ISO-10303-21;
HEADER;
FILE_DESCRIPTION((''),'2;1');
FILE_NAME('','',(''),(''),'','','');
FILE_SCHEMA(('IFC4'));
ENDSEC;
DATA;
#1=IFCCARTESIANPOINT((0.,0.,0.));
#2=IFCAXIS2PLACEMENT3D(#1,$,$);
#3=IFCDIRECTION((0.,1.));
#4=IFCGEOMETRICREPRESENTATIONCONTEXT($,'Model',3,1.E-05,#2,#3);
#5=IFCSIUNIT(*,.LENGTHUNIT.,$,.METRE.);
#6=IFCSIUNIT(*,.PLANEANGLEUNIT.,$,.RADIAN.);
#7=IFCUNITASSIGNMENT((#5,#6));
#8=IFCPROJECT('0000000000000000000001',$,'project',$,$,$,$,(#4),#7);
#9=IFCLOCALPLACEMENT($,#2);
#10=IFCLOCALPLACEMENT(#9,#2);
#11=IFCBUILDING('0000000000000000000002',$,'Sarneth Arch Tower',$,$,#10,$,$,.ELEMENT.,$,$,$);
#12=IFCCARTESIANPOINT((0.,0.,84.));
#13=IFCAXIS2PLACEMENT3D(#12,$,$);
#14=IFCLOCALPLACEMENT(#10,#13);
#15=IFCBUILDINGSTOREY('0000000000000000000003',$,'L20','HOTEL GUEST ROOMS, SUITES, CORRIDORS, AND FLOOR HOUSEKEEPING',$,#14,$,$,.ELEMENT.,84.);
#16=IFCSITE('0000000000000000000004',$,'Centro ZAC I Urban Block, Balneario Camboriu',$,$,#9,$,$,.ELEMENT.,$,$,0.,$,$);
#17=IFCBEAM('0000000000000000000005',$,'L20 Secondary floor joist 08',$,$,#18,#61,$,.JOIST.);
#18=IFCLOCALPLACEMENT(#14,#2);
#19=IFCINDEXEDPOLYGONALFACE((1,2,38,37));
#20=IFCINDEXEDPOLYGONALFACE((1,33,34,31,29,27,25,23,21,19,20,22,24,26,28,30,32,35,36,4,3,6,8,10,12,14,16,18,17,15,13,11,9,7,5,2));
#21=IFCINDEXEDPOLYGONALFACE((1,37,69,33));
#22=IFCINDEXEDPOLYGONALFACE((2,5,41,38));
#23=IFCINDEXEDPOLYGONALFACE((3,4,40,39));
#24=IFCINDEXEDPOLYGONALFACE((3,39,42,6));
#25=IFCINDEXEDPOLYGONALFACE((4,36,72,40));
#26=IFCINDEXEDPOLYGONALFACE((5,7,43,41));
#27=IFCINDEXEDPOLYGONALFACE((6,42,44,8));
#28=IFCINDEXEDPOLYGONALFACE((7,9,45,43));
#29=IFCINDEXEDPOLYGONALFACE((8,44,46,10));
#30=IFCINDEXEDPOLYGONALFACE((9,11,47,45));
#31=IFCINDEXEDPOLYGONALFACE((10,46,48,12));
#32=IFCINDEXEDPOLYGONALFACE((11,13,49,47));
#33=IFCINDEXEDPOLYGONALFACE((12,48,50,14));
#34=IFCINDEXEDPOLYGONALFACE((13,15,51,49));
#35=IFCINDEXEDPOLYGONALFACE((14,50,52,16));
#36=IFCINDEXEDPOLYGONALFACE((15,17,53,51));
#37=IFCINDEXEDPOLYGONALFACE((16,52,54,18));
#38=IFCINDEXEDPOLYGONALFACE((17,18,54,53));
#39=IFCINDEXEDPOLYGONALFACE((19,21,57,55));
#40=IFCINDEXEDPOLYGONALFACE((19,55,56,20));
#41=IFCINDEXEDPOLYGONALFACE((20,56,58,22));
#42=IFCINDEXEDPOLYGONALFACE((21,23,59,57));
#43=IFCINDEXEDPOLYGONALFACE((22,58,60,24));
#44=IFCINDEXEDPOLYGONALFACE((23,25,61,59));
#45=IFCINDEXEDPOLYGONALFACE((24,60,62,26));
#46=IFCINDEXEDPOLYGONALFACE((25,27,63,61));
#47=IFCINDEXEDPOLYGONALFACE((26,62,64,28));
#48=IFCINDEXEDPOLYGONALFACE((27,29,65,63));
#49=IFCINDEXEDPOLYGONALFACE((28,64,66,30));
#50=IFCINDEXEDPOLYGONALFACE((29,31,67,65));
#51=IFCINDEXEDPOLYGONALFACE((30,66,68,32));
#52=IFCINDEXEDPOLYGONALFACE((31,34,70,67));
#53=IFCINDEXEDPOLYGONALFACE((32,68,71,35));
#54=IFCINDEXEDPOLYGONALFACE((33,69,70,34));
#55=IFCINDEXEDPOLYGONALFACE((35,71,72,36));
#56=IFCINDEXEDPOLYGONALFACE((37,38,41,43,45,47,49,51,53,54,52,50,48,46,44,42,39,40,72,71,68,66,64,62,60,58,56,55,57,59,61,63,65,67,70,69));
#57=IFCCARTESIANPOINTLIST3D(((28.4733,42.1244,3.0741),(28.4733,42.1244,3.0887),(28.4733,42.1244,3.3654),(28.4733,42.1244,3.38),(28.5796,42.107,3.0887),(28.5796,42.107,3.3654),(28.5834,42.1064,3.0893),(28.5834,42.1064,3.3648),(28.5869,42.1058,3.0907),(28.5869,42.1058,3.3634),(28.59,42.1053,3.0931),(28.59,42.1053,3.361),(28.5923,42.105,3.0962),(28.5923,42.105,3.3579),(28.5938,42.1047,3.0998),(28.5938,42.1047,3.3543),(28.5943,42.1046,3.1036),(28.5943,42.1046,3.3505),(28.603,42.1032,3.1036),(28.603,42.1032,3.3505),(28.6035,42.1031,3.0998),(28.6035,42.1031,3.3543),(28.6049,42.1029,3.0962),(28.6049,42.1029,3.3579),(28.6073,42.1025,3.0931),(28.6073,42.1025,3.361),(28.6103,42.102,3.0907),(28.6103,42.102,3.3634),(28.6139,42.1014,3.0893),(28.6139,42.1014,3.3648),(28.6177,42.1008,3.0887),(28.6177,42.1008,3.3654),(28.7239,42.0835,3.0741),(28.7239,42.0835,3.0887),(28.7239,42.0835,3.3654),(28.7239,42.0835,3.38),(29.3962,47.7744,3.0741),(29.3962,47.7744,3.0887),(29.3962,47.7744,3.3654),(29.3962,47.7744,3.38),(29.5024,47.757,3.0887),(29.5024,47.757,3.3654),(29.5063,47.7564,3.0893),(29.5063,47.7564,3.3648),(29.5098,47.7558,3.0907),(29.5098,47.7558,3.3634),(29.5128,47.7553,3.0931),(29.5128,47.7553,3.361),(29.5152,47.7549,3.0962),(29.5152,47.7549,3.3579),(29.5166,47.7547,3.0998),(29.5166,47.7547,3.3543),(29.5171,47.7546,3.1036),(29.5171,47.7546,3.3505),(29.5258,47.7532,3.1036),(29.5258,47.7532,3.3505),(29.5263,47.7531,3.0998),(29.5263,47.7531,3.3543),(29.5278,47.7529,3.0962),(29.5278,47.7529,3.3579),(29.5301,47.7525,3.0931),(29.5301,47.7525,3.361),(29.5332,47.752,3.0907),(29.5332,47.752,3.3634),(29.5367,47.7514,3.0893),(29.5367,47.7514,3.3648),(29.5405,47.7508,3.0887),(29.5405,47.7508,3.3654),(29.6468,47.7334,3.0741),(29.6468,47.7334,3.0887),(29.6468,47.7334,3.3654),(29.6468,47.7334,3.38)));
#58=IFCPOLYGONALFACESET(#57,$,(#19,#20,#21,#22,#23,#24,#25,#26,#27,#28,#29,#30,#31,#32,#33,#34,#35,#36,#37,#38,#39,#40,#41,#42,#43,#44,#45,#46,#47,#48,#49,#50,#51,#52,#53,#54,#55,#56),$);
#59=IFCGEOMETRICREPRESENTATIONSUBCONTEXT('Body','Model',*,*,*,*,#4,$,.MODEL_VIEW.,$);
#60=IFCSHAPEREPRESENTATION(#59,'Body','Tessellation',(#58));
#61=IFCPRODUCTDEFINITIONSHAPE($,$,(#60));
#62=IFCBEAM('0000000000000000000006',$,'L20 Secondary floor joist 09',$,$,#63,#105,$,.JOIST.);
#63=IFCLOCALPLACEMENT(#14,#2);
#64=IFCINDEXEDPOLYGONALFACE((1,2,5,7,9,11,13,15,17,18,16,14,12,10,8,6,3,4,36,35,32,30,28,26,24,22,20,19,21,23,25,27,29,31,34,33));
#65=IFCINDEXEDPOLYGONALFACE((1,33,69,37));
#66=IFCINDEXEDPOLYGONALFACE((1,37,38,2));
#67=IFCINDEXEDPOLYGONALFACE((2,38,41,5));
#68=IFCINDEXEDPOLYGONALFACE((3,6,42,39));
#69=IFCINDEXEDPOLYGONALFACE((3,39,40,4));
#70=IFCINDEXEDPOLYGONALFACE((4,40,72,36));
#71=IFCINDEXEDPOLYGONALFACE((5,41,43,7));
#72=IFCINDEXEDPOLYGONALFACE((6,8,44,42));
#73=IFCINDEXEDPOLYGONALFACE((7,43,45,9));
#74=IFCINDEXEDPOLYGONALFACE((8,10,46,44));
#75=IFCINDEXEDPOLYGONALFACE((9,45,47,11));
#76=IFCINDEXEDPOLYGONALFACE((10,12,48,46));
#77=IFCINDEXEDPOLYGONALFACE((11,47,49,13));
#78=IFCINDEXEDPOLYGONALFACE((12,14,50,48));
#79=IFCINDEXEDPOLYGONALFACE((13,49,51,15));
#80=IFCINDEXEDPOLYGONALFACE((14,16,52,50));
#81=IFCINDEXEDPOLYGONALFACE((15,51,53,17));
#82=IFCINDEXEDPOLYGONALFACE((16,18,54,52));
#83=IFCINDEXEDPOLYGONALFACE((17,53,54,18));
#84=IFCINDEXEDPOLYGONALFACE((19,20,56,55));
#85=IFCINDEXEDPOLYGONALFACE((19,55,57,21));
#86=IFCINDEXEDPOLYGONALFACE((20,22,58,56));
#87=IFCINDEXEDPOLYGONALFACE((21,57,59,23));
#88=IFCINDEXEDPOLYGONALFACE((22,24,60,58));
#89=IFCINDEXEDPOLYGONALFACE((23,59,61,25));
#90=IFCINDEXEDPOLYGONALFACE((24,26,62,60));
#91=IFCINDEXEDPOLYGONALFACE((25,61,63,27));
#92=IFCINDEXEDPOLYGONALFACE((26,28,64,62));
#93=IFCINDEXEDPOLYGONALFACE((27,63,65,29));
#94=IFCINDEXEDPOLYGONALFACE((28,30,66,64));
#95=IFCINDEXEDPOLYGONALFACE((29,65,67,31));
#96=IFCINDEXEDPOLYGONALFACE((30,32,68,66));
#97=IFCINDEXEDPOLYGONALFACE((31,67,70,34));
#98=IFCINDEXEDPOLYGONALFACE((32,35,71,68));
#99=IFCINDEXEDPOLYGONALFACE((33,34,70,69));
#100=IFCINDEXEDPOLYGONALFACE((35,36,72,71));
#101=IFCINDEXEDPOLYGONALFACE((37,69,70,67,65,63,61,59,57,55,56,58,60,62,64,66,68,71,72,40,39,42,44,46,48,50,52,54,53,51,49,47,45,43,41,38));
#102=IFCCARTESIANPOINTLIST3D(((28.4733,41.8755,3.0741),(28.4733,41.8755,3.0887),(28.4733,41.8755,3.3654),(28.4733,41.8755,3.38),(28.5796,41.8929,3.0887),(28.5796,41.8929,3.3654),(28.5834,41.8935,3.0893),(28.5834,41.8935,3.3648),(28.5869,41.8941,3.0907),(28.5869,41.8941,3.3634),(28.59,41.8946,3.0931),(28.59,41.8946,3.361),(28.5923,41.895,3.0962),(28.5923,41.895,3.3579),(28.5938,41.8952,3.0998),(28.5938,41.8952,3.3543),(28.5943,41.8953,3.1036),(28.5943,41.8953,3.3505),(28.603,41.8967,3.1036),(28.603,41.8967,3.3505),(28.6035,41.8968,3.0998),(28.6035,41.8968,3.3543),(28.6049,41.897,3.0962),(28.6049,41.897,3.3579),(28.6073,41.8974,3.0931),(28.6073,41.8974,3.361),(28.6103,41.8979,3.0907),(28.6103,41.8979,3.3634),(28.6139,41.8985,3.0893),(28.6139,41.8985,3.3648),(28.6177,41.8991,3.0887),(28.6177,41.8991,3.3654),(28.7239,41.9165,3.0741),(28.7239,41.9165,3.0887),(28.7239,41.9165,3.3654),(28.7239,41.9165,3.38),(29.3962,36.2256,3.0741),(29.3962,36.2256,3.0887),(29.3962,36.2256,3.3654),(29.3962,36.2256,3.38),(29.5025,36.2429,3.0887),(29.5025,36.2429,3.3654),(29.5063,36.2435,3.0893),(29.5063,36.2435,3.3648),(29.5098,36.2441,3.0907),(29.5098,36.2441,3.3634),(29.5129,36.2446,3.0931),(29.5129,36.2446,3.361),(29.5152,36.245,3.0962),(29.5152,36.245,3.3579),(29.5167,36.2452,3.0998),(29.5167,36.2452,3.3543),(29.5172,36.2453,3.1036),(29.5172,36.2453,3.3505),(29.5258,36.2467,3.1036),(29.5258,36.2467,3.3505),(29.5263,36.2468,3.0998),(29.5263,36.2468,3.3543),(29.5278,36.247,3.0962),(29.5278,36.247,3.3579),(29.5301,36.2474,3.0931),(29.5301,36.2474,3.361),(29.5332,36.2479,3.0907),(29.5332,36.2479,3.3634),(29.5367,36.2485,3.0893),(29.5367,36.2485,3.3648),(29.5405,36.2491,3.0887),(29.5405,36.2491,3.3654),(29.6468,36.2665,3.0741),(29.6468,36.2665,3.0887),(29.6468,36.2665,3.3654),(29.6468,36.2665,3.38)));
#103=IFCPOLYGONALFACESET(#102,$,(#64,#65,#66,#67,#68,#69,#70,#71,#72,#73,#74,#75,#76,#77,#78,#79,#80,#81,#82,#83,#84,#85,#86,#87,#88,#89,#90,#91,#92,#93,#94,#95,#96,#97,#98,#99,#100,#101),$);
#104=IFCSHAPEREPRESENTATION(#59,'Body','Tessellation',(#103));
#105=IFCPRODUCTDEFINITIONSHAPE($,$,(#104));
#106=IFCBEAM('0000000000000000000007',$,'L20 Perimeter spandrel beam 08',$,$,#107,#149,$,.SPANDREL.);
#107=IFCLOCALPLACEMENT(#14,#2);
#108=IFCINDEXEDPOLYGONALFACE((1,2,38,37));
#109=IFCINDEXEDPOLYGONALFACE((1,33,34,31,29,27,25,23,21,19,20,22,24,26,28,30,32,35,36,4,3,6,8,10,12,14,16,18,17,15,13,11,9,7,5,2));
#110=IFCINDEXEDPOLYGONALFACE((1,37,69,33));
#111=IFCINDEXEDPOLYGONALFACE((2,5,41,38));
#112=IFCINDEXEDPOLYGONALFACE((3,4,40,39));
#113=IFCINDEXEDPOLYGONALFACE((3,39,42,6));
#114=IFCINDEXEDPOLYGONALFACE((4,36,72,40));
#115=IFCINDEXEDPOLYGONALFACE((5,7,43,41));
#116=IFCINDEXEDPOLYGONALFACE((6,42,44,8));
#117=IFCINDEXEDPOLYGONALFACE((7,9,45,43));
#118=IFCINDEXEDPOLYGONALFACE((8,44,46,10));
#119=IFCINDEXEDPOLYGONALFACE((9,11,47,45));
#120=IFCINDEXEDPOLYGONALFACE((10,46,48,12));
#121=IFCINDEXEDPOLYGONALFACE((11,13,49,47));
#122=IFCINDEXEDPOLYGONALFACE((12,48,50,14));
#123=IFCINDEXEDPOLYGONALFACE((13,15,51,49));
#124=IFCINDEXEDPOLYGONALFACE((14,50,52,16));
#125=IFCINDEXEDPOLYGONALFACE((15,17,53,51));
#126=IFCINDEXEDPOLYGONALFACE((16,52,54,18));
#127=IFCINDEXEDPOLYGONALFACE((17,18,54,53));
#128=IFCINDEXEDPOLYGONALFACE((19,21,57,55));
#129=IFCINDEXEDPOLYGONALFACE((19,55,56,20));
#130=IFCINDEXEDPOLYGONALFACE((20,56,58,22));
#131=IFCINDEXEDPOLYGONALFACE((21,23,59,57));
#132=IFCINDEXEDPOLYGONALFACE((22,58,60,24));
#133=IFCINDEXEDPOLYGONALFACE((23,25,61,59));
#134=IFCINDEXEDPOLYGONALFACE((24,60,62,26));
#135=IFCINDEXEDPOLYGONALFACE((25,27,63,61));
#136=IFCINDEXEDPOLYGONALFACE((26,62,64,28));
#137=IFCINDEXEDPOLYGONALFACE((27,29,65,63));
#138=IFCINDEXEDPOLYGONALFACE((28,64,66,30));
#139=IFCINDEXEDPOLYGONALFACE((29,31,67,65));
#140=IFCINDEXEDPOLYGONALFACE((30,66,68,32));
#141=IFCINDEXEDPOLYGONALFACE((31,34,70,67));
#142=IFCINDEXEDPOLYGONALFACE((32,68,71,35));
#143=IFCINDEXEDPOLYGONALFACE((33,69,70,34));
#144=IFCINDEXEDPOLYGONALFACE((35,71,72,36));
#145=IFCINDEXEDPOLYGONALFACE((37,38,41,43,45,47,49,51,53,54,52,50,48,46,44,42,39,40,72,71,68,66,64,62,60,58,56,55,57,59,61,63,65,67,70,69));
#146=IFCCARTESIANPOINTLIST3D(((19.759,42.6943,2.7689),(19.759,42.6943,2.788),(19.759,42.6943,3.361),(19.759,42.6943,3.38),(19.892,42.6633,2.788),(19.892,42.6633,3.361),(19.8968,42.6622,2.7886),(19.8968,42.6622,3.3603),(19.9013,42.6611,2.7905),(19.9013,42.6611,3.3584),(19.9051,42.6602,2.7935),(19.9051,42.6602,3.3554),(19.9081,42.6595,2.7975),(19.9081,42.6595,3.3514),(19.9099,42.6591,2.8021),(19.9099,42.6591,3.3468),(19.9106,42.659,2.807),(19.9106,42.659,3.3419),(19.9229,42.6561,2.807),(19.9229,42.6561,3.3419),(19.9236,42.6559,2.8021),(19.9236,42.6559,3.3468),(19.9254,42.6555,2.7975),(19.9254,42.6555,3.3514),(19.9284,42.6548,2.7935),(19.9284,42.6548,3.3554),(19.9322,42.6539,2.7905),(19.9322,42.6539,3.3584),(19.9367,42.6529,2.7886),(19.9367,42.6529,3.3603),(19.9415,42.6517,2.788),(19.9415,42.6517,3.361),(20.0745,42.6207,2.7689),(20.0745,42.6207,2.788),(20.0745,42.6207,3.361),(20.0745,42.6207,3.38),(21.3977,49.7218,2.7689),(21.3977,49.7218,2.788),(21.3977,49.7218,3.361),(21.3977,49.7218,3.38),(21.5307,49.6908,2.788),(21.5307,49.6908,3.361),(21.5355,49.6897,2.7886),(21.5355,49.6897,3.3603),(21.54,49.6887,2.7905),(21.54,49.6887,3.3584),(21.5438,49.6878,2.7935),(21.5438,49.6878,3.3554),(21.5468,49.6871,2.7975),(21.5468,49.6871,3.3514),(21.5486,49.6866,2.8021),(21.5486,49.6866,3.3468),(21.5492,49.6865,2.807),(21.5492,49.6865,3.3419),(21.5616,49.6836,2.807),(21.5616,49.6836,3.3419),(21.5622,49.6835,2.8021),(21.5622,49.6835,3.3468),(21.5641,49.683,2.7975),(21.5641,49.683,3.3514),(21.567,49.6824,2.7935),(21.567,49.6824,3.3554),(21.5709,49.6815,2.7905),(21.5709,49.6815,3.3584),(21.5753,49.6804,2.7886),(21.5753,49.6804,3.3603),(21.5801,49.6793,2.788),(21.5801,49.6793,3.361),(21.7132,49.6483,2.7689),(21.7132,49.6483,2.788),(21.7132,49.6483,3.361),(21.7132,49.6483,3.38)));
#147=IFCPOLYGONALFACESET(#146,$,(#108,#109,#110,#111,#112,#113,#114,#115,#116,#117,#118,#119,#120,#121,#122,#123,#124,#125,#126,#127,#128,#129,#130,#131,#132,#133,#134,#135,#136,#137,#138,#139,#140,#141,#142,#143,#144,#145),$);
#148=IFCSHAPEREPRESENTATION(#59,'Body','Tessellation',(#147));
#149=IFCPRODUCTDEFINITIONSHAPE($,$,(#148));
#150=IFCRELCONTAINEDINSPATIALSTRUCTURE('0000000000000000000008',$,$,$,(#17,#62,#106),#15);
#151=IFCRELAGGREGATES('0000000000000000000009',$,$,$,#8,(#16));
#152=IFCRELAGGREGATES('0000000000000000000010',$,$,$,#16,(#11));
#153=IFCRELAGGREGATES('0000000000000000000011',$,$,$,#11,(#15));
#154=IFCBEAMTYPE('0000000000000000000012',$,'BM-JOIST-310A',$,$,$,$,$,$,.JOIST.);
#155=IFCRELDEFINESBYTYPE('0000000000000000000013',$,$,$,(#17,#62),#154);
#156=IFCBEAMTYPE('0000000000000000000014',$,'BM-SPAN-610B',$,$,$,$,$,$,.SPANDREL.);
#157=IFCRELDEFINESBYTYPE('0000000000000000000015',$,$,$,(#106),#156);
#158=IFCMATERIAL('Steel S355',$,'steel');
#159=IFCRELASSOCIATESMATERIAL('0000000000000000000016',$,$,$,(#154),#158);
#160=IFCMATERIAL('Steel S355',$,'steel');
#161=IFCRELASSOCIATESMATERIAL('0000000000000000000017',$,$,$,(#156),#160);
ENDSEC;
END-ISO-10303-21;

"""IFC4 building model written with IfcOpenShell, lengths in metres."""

from ifc_helpers import new_model, si_unit, direction, frame, origin, origin_2d, place, context, subcontext, project, spatial, i_section, extrude, material, material_profile, profile_set, type_object, element, save


model = new_model("IFC4")

# Units and contexts
model_context = context("Model", 3, precision=1e-05, world=origin(), true_north=direction((0.0, 1.0)))
body_context = subcontext(model_context, "Body", "Model", "MODEL_VIEW")
ifc_project = project(units=[si_unit("LENGTHUNIT", "METRE"), si_unit("PLANEANGLEUNIT", "RADIAN")], contexts=[model_context])

# Site, building, storey
site_placement = place(None, origin())
site = spatial("IfcSite", under=ifc_project, at=site_placement, Name="Centro ZAC I Urban Block, Balneario Camboriu", CompositionType="ELEMENT", RefElevation=0.0)
building_placement = place(site_placement, origin())
building = spatial("IfcBuilding", under=site, at=building_placement, Name="Sarneth Arch Tower", CompositionType="ELEMENT")
storey_placement = place(building_placement, frame((0.0, 0.0, 84.0)))
storey = spatial("IfcBuildingStorey", under=building, at=storey_placement, Name="L20", Description="HOTEL GUEST ROOMS, SUITES, CORRIDORS, AND FLOOR HOUSEKEEPING", CompositionType="ELEMENT", Elevation=84.0)

# Beams
ifc_material_1 = material(Name="Steel S355", Category="steel")
ifc_material_profile_1 = material_profile(ifc_material_1, i_section(OverallWidth=0.2539, OverallDepth=0.3059, WebThickness=0.0088, FlangeThickness=0.0146, FilletRadius=0.0149, at=origin_2d()), Name="W310x79")
ifc_profile_set_1 = profile_set([ifc_material_profile_1], Name="Steel S355")
beam_type_1 = type_object("IfcBeamType", Name="BM-JOIST-310A", PredefinedType="JOIST", material=ifc_profile_set_1)
for number, where, z_axis, x_axis, name in (
    (1, (29.5215, 47.7539, 3.2271), (-0.161203, -0.986921, 0.0), (0.986921, -0.161203, 0.0), "L20 Secondary floor joist 08"),
    (2, (28.5986, 41.896, 3.2271), (0.161203, -0.986921, 0.0), (0.986921, 0.161203, 0.0), "L20 Secondary floor joist 09"),
):
    element("IfcBeam", number, at=place(storey_placement, frame(where, z_axis=z_axis, x_axis=x_axis)), inside=storey, type_object=beam_type_1, Name=name, PredefinedType="JOIST", context=body_context, shape_type="SweptSolid", body=[
        extrude(i_section(OverallWidth=0.2539, OverallDepth=0.3059, WebThickness=0.0088, FlangeThickness=0.0146, FilletRadius=0.0149, at=origin_2d()), origin(), (0.0, 0.0, 1.0), 5.7249),
    ])
ifc_material_2 = material(Name="Steel S355", Category="steel")
ifc_material_profile_2 = material_profile(ifc_material_2, i_section(OverallWidth=0.324, OverallDepth=0.6111, WebThickness=0.0127, FlangeThickness=0.019, FilletRadius=0.019, at=origin_2d()), Name="W610x155")
ifc_profile_set_2 = profile_set([ifc_material_profile_2], Name="Steel S355")
beam_type_2 = type_object("IfcBeamType", Name="BM-SPAN-610B", PredefinedType="SPANDREL", material=ifc_profile_set_2)
beam_placement = place(storey_placement, frame((21.5554, 49.6851, 3.0745), z_axis=(-0.227085, -0.973875, 0.0), x_axis=(0.973875, -0.227085, 0.0)))
element("IfcBeam", 3, at=beam_placement, inside=storey, type_object=beam_type_2, Name="L20 Perimeter spandrel beam 08", PredefinedType="SPANDREL", context=body_context, shape_type="SweptSolid", body=[
    extrude(i_section(OverallWidth=0.324, OverallDepth=0.6111, WebThickness=0.0127, FlangeThickness=0.019, FilletRadius=0.019, at=origin_2d()), origin(), (0.0, 0.0, 1.0), 7.2161),
])

save(model, "model.ifc")
